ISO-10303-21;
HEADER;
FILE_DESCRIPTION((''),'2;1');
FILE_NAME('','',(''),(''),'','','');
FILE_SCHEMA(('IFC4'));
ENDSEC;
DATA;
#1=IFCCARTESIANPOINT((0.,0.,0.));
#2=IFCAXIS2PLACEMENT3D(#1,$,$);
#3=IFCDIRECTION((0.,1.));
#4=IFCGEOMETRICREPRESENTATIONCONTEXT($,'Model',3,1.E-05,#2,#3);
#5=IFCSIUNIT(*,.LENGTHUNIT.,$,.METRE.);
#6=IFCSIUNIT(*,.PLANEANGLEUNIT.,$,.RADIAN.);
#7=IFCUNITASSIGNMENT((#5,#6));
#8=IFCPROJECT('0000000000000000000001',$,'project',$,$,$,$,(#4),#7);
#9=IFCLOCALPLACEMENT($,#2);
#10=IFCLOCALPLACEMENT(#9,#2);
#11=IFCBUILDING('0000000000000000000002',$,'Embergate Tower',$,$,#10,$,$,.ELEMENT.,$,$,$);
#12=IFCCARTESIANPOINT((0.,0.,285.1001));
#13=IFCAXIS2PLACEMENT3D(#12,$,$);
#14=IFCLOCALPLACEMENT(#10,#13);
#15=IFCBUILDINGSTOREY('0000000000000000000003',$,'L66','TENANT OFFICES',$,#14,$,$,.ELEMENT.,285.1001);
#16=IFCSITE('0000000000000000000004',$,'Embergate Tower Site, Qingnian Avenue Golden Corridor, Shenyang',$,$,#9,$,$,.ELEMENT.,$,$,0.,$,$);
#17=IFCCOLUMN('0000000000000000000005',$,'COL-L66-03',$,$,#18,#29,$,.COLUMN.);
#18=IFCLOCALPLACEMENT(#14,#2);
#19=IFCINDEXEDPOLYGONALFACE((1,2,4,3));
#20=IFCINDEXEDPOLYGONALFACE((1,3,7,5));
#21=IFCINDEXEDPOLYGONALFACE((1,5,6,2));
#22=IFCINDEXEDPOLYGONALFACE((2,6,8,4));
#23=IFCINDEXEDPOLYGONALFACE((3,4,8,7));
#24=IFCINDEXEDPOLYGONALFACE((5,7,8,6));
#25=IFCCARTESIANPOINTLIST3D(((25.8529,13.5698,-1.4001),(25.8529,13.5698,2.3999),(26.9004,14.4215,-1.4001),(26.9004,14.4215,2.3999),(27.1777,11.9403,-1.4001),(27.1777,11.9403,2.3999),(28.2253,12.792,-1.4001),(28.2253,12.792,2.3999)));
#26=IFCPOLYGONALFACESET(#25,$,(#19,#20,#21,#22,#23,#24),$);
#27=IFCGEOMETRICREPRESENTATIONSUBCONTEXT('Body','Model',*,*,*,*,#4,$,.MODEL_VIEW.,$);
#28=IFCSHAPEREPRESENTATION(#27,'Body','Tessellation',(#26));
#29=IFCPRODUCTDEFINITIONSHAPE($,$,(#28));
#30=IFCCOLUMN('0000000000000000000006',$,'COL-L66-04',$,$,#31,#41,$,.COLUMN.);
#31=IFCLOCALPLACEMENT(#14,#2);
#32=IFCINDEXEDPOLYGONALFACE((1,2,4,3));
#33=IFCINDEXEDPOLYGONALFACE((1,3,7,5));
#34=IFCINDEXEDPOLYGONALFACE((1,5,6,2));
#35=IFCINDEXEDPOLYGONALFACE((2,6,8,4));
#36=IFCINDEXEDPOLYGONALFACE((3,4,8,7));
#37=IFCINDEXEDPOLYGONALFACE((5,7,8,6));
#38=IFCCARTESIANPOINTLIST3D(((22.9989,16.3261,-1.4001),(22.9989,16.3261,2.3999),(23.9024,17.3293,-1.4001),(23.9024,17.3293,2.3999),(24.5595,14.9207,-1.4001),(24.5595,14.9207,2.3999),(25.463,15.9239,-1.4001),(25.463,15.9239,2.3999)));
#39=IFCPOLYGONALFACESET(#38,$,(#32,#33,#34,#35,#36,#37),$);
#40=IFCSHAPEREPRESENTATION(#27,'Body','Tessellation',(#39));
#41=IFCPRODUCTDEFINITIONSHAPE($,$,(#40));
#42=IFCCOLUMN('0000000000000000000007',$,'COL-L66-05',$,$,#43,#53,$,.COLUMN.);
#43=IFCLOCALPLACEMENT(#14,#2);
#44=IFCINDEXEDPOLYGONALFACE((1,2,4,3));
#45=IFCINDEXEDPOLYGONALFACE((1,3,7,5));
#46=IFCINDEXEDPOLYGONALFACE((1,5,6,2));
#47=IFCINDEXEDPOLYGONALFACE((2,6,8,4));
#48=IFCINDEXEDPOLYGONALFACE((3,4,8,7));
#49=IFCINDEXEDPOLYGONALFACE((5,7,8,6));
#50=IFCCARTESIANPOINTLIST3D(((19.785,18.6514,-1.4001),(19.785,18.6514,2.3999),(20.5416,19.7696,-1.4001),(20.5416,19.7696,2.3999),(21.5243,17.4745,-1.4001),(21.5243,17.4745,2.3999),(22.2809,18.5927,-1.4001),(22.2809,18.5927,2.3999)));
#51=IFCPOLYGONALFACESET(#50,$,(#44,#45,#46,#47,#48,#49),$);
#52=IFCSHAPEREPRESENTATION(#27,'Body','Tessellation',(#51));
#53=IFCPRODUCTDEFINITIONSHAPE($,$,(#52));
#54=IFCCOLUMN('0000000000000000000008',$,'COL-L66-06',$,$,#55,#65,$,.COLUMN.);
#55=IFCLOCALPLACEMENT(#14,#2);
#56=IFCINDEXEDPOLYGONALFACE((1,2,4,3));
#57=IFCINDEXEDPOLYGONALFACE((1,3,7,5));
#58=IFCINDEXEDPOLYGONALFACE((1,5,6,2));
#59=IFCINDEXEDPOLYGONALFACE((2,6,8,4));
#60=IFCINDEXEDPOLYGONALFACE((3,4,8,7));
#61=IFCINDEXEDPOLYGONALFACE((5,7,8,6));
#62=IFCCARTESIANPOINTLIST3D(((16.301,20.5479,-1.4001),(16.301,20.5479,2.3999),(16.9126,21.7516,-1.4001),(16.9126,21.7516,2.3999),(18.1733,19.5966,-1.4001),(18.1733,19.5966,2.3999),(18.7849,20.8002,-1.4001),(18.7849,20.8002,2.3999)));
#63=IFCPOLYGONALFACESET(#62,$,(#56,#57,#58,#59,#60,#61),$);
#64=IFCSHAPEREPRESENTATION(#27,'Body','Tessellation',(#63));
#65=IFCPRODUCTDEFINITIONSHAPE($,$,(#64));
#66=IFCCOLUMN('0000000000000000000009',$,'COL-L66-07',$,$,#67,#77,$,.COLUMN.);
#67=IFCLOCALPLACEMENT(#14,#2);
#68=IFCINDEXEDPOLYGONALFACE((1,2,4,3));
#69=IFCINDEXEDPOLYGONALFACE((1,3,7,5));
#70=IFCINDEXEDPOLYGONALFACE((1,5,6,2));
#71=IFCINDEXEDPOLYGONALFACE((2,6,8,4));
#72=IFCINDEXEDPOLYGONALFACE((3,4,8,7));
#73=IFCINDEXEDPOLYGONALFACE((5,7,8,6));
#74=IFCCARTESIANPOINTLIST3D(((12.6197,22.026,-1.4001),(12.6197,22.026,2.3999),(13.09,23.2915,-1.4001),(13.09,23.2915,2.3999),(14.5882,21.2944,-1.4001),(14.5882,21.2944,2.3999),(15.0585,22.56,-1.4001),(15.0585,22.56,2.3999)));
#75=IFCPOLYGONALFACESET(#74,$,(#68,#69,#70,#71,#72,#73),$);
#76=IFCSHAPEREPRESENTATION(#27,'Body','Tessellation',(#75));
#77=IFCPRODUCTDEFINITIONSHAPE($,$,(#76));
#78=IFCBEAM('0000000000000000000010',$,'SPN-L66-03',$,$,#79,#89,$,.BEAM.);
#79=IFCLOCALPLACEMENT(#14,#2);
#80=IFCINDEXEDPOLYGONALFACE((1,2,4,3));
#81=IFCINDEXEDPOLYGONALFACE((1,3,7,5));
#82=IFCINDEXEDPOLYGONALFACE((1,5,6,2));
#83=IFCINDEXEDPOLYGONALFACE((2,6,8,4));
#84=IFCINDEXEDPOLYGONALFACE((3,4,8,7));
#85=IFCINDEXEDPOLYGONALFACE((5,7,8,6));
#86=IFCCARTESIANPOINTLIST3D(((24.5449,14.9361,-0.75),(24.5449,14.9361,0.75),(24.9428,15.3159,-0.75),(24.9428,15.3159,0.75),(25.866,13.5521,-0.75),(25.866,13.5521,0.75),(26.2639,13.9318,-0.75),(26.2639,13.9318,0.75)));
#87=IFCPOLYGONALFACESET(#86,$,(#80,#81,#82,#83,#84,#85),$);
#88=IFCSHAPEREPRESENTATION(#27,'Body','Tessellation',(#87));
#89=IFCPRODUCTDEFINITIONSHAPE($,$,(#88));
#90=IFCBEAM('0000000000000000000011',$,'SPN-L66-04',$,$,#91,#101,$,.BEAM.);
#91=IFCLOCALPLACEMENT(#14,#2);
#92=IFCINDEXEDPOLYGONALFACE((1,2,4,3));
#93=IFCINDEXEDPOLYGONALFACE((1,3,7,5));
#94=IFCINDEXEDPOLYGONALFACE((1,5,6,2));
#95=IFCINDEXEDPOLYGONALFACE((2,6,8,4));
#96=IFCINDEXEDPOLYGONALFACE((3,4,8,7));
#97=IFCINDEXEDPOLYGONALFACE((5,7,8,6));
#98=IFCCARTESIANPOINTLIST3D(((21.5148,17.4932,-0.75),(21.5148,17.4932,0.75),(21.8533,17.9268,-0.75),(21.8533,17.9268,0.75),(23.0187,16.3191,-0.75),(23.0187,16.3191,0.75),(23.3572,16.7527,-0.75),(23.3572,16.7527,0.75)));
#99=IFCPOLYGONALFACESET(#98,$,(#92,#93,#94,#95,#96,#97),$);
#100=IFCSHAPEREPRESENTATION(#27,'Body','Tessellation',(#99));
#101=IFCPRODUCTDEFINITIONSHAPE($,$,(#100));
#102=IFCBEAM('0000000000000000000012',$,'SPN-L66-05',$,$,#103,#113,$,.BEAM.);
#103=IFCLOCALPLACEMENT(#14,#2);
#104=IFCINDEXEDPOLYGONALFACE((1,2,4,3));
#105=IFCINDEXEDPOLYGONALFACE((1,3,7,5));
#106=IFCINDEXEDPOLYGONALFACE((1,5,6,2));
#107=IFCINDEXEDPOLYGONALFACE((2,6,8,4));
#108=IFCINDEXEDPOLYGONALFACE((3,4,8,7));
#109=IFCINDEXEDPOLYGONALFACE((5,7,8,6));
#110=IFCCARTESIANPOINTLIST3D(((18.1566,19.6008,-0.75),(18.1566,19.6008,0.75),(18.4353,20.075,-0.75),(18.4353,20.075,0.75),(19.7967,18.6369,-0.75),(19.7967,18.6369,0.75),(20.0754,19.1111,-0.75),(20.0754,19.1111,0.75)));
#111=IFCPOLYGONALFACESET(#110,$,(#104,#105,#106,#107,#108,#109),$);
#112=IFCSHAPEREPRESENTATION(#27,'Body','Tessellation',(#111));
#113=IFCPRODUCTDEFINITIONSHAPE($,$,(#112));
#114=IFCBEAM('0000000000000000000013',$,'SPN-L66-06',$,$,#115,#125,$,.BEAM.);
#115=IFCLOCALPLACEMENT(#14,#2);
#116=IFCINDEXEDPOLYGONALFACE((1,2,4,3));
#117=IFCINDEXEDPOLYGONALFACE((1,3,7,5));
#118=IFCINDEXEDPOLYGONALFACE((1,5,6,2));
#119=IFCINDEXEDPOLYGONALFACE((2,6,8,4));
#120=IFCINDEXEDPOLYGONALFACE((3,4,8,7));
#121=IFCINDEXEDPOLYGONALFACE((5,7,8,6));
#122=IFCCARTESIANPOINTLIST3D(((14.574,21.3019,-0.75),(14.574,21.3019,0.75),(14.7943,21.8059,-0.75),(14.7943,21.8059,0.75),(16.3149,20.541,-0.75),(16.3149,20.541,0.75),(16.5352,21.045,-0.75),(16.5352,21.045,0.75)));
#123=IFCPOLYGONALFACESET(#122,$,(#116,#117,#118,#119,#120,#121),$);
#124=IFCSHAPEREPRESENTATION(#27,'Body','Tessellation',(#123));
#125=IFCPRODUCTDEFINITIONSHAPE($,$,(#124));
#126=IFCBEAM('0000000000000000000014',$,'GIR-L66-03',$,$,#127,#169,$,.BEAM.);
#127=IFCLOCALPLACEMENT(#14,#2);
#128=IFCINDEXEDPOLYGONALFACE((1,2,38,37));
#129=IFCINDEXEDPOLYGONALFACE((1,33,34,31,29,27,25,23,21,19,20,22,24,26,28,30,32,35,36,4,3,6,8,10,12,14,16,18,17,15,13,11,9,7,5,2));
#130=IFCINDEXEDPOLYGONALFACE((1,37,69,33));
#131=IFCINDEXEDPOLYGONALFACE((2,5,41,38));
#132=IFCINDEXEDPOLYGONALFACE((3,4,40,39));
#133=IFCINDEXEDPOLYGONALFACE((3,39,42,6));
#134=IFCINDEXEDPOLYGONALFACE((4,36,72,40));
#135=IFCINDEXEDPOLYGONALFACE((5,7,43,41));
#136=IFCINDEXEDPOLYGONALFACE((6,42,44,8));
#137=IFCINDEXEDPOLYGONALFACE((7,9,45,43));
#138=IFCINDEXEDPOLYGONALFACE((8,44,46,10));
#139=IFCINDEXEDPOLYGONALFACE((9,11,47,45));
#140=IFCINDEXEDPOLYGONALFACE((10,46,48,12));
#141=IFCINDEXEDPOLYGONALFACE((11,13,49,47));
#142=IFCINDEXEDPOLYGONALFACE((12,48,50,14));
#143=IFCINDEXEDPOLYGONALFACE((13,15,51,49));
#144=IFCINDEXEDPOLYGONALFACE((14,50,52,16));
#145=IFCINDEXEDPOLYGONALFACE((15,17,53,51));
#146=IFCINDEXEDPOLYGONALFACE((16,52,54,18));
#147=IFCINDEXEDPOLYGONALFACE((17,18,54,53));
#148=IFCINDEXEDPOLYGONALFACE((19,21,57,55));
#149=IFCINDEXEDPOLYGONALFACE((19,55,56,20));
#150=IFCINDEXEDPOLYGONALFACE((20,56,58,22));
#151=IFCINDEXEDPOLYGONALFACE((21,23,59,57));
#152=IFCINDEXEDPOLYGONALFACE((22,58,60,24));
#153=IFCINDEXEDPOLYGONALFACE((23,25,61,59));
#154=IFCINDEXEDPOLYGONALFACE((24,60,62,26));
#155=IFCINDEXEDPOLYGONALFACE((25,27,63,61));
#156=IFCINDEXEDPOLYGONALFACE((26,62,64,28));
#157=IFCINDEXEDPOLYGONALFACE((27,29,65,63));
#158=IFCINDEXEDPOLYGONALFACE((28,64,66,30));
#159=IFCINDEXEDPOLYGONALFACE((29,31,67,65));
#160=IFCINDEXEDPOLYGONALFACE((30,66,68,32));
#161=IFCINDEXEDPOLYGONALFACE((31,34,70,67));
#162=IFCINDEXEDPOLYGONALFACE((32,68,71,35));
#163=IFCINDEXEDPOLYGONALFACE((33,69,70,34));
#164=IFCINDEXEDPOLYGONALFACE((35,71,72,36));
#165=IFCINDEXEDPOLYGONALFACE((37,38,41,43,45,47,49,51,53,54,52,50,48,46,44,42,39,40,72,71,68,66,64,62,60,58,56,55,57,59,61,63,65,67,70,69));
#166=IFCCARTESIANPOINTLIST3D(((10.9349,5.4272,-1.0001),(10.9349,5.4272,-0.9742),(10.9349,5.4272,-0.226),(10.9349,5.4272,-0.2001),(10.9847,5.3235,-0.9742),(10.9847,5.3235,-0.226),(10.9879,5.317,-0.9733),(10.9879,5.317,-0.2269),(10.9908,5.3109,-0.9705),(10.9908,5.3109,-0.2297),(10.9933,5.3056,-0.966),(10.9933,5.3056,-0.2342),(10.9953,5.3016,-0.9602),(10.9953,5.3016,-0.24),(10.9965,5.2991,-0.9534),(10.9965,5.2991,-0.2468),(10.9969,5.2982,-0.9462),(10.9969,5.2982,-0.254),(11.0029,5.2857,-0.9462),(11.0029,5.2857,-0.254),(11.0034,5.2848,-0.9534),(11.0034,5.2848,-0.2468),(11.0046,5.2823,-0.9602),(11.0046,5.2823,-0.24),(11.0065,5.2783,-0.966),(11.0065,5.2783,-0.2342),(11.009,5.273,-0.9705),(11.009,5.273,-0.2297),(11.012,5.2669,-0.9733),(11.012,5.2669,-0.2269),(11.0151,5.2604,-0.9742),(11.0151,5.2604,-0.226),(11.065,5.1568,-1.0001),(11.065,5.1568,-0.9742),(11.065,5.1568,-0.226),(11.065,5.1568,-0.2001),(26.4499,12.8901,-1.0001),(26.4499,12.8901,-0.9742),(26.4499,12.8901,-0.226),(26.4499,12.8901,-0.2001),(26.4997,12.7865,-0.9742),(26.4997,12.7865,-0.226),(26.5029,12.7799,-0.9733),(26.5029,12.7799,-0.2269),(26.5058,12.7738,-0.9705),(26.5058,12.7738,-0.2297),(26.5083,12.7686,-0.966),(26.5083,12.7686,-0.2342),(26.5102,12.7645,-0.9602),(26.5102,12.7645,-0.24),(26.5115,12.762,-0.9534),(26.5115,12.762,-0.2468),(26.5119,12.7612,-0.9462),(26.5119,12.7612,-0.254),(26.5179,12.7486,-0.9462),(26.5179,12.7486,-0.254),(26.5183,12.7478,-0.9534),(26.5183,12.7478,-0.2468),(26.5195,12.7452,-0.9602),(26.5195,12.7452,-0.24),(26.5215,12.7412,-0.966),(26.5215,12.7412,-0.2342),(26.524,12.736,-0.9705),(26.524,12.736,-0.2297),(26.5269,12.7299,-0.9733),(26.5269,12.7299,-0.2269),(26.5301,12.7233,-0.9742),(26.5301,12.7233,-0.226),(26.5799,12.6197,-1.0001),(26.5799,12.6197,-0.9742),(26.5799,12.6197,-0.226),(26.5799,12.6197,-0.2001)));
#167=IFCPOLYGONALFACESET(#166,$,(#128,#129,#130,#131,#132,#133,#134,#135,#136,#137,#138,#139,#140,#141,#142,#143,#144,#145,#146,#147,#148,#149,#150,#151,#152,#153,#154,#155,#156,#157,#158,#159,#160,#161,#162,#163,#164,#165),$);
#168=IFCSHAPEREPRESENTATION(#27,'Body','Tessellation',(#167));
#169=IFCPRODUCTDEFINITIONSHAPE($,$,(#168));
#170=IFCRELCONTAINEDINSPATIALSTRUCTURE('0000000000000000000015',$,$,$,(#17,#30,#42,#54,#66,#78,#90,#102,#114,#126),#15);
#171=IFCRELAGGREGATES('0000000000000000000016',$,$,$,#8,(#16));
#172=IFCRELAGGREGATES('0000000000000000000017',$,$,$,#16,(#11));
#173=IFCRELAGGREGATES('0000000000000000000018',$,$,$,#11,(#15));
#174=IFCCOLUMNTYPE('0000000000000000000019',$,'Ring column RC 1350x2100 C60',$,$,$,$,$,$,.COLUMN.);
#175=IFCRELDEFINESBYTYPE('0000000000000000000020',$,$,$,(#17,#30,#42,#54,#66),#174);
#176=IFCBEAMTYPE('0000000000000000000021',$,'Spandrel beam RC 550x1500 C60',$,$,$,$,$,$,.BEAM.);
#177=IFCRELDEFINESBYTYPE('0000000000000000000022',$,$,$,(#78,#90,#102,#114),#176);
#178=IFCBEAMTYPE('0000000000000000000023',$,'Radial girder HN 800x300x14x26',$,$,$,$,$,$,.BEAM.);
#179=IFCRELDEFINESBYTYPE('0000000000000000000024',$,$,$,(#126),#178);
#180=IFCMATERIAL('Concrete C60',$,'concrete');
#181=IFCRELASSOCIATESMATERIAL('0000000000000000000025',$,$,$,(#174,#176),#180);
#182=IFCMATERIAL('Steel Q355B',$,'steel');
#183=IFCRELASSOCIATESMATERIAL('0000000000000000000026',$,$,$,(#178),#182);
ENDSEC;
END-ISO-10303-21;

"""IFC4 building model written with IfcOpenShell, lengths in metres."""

from ifc_helpers import new_model, si_unit, direction, frame, origin, origin_2d, place, context, subcontext, project, spatial, rectangle, i_section, extrude, source, transform, mapped, material, material_profile, profile_set, type_object, element, save


model = new_model("IFC4")

# Units and contexts
model_context = context("Model", 3, precision=1e-05, world=origin(), true_north=direction((0.0, 1.0)))
body_context = subcontext(model_context, "Body", "Model", "MODEL_VIEW")
ifc_project = project(units=[si_unit("LENGTHUNIT", "METRE"), si_unit("PLANEANGLEUNIT", "RADIAN")], contexts=[model_context])

# Site, building, storey
site_placement = place(None, origin())
site = spatial("IfcSite", under=ifc_project, at=site_placement, Name="Embergate Tower Site, Qingnian Avenue Golden Corridor, Shenyang", CompositionType="ELEMENT", RefElevation=0.0)
building_placement = place(site_placement, origin())
building = spatial("IfcBuilding", under=site, at=building_placement, Name="Embergate Tower", CompositionType="ELEMENT")
storey_placement = place(building_placement, frame((0.0, 0.0, 285.1001)))
storey = spatial("IfcBuildingStorey", under=building, at=storey_placement, Name="L66", Description="TENANT OFFICES", CompositionType="ELEMENT", Elevation=285.1001)

# Columns
ifc_material_1 = material(Name="Concrete C60", Category="concrete")
ifc_material_profile_1 = material_profile(ifc_material_1, rectangle(XDim=1.3501, YDim=2.1001, at=origin_2d()), Name="RC 1350x2100")
ifc_profile_set_1 = profile_set([ifc_material_profile_1], Name="Concrete C60")
column_type = type_object("IfcColumnType", Name="Ring column RC 1350x2100 C60", PredefinedType="COLUMN", material=ifc_profile_set_1)
shared_shape_1 = source(origin(), body_context, "Body", "SweptSolid", [
    extrude(rectangle(XDim=1.3501, YDim=2.1001, at=origin_2d()), origin(), (0.0, 0.0, 1.0), 3.8),
])
for number, where, z_axis, x_axis, name in (
    (1, (27.0391, 13.1809, -1.4001), (0.0, 0.0, 1.0), (0.775914, 0.630838, 0.0), "COL-L66-03"),
    (2, (24.231, 16.125, -1.4001), (0.0, 0.0, 1.0), (0.669208, 0.743075, 0.0), "COL-L66-04"),
    (3, (21.033, 18.6221, -1.4001), (0.0, 0.0, 1.0), (0.560393, 0.828227, 0.0), "COL-L66-05"),
    (4, (17.543, 20.6741, -1.4001), (0.0, 0.0, 1.0), (0.452995, 0.891513, 0.0), "COL-L66-06"),
    (5, (13.8391, 22.293, -1.4001), (0.0, 0.0, 1.0), (0.348343, 0.937367, 0.0), "COL-L66-07"),
):
    element("IfcColumn", number, at=place(storey_placement, frame(where, z_axis=z_axis, x_axis=x_axis)), inside=storey, type_object=column_type, Name=name, PredefinedType="COLUMN", context=body_context, shape_type="MappedRepresentation", body=[
        mapped(shared_shape_1, transform((0.0, 0.0, 0.0))),
    ])

# Beams
ifc_material_profile_2 = material_profile(ifc_material_1, rectangle(XDim=0.55, YDim=1.5, at=origin_2d()), Name="RC 550x1500")
ifc_profile_set_2 = profile_set([ifc_material_profile_2], Name="Concrete C60")
beam_type_1 = type_object("IfcBeamType", Name="Spandrel beam RC 550x1500 C60", PredefinedType="BEAM", material=ifc_profile_set_2)
shared_shape_2 = source(origin(), body_context, "Body", "SweptSolid", [
    extrude(rectangle(XDim=0.55, YDim=1.5, at=origin_2d()), origin(), (0.0, 0.0, 1.0), 1.9133),
])
beam_1_placement = place(storey_placement, frame((26.0649, 13.7419, 0.0), z_axis=(-0.690455, 0.723376, 0.0), x_axis=(-0.723376, -0.690455, 0.0)))
element("IfcBeam", 6, at=beam_1_placement, inside=storey, type_object=beam_type_1, Name="SPN-L66-03", PredefinedType="BEAM", context=body_context, shape_type="MappedRepresentation", body=[
    mapped(shared_shape_2, transform((0.0, 0.0, 0.0))),
])
shared_shape_3 = source(origin(), body_context, "Body", "SweptSolid", [
    extrude(rectangle(XDim=0.55, YDim=1.5, at=origin_2d()), origin(), (0.0, 0.0, 1.0), 1.908),
])
beam_2_placement = place(storey_placement, frame((23.188, 16.5359, 0.0), z_axis=(-0.788242, 0.615366, 0.0), x_axis=(-0.615366, -0.788242, 0.0)))
element("IfcBeam", 7, at=beam_2_placement, inside=storey, type_object=beam_type_1, Name="SPN-L66-04", PredefinedType="BEAM", context=body_context, shape_type="MappedRepresentation", body=[
    mapped(shared_shape_3, transform((0.0, 0.0, 0.0))),
])
shared_shape_4 = source(origin(), body_context, "Body", "SweptSolid", [
    extrude(rectangle(XDim=0.55, YDim=1.5, at=origin_2d()), origin(), (0.0, 0.0, 1.0), 1.9023),
])
beam_3_placement = place(storey_placement, frame((19.936, 18.874, 0.0), z_axis=(-0.862145, 0.506661, 0.0), x_axis=(-0.506661, -0.862145, 0.0)))
element("IfcBeam", 8, at=beam_3_placement, inside=storey, type_object=beam_type_1, Name="SPN-L66-05", PredefinedType="BEAM", context=body_context, shape_type="MappedRepresentation", body=[
    mapped(shared_shape_4, transform((0.0, 0.0, 0.0))),
])
shared_shape_5 = source(origin(), body_context, "Body", "SweptSolid", [
    extrude(rectangle(XDim=0.55, YDim=1.5, at=origin_2d()), origin(), (0.0, 0.0, 1.0), 1.8999),
])
beam_4_placement = place(storey_placement, frame((16.425, 20.793, 0.0), z_axis=(-0.91629, 0.400515, 0.0), x_axis=(-0.400515, -0.91629, 0.0)))
element("IfcBeam", 9, at=beam_4_placement, inside=storey, type_object=beam_type_1, Name="SPN-L66-06", PredefinedType="BEAM", context=body_context, shape_type="MappedRepresentation", body=[
    mapped(shared_shape_5, transform((0.0, 0.0, 0.0))),
])
ifc_material_2 = material(Name="Steel Q355B", Category="steel")
ifc_material_profile_3 = material_profile(ifc_material_2, i_section(OverallWidth=0.3, OverallDepth=0.8, WebThickness=0.0139, FlangeThickness=0.0259, FilletRadius=0.0281, at=origin_2d()), Name="HN 800x300x14x26")
ifc_profile_set_3 = profile_set([ifc_material_profile_3], Name="Steel Q355 grade B")
beam_type_2 = type_object("IfcBeamType", Name="Radial girder HN 800x300x14x26", PredefinedType="BEAM", material=ifc_profile_set_3)
shared_shape_6 = source(origin(), body_context, "Body", "SweptSolid", [
    extrude(i_section(OverallWidth=0.3, OverallDepth=0.8, WebThickness=0.0139, FlangeThickness=0.0259, FilletRadius=0.0281, at=origin_2d()), origin(), (0.0, 0.0, 1.0), 17.2166),
])
beam_5_placement = place(storey_placement, frame((26.5149, 12.7549, -0.6001), z_axis=(-0.901166, -0.433474, 0.0), x_axis=(0.433474, -0.901166, 0.0)))
element("IfcBeam", 10, at=beam_5_placement, inside=storey, type_object=beam_type_2, Name="GIR-L66-03", PredefinedType="BEAM", context=body_context, shape_type="MappedRepresentation", body=[
    mapped(shared_shape_6, transform((0.0, 0.0, 0.0))),
])

save(model, "model.ifc")
